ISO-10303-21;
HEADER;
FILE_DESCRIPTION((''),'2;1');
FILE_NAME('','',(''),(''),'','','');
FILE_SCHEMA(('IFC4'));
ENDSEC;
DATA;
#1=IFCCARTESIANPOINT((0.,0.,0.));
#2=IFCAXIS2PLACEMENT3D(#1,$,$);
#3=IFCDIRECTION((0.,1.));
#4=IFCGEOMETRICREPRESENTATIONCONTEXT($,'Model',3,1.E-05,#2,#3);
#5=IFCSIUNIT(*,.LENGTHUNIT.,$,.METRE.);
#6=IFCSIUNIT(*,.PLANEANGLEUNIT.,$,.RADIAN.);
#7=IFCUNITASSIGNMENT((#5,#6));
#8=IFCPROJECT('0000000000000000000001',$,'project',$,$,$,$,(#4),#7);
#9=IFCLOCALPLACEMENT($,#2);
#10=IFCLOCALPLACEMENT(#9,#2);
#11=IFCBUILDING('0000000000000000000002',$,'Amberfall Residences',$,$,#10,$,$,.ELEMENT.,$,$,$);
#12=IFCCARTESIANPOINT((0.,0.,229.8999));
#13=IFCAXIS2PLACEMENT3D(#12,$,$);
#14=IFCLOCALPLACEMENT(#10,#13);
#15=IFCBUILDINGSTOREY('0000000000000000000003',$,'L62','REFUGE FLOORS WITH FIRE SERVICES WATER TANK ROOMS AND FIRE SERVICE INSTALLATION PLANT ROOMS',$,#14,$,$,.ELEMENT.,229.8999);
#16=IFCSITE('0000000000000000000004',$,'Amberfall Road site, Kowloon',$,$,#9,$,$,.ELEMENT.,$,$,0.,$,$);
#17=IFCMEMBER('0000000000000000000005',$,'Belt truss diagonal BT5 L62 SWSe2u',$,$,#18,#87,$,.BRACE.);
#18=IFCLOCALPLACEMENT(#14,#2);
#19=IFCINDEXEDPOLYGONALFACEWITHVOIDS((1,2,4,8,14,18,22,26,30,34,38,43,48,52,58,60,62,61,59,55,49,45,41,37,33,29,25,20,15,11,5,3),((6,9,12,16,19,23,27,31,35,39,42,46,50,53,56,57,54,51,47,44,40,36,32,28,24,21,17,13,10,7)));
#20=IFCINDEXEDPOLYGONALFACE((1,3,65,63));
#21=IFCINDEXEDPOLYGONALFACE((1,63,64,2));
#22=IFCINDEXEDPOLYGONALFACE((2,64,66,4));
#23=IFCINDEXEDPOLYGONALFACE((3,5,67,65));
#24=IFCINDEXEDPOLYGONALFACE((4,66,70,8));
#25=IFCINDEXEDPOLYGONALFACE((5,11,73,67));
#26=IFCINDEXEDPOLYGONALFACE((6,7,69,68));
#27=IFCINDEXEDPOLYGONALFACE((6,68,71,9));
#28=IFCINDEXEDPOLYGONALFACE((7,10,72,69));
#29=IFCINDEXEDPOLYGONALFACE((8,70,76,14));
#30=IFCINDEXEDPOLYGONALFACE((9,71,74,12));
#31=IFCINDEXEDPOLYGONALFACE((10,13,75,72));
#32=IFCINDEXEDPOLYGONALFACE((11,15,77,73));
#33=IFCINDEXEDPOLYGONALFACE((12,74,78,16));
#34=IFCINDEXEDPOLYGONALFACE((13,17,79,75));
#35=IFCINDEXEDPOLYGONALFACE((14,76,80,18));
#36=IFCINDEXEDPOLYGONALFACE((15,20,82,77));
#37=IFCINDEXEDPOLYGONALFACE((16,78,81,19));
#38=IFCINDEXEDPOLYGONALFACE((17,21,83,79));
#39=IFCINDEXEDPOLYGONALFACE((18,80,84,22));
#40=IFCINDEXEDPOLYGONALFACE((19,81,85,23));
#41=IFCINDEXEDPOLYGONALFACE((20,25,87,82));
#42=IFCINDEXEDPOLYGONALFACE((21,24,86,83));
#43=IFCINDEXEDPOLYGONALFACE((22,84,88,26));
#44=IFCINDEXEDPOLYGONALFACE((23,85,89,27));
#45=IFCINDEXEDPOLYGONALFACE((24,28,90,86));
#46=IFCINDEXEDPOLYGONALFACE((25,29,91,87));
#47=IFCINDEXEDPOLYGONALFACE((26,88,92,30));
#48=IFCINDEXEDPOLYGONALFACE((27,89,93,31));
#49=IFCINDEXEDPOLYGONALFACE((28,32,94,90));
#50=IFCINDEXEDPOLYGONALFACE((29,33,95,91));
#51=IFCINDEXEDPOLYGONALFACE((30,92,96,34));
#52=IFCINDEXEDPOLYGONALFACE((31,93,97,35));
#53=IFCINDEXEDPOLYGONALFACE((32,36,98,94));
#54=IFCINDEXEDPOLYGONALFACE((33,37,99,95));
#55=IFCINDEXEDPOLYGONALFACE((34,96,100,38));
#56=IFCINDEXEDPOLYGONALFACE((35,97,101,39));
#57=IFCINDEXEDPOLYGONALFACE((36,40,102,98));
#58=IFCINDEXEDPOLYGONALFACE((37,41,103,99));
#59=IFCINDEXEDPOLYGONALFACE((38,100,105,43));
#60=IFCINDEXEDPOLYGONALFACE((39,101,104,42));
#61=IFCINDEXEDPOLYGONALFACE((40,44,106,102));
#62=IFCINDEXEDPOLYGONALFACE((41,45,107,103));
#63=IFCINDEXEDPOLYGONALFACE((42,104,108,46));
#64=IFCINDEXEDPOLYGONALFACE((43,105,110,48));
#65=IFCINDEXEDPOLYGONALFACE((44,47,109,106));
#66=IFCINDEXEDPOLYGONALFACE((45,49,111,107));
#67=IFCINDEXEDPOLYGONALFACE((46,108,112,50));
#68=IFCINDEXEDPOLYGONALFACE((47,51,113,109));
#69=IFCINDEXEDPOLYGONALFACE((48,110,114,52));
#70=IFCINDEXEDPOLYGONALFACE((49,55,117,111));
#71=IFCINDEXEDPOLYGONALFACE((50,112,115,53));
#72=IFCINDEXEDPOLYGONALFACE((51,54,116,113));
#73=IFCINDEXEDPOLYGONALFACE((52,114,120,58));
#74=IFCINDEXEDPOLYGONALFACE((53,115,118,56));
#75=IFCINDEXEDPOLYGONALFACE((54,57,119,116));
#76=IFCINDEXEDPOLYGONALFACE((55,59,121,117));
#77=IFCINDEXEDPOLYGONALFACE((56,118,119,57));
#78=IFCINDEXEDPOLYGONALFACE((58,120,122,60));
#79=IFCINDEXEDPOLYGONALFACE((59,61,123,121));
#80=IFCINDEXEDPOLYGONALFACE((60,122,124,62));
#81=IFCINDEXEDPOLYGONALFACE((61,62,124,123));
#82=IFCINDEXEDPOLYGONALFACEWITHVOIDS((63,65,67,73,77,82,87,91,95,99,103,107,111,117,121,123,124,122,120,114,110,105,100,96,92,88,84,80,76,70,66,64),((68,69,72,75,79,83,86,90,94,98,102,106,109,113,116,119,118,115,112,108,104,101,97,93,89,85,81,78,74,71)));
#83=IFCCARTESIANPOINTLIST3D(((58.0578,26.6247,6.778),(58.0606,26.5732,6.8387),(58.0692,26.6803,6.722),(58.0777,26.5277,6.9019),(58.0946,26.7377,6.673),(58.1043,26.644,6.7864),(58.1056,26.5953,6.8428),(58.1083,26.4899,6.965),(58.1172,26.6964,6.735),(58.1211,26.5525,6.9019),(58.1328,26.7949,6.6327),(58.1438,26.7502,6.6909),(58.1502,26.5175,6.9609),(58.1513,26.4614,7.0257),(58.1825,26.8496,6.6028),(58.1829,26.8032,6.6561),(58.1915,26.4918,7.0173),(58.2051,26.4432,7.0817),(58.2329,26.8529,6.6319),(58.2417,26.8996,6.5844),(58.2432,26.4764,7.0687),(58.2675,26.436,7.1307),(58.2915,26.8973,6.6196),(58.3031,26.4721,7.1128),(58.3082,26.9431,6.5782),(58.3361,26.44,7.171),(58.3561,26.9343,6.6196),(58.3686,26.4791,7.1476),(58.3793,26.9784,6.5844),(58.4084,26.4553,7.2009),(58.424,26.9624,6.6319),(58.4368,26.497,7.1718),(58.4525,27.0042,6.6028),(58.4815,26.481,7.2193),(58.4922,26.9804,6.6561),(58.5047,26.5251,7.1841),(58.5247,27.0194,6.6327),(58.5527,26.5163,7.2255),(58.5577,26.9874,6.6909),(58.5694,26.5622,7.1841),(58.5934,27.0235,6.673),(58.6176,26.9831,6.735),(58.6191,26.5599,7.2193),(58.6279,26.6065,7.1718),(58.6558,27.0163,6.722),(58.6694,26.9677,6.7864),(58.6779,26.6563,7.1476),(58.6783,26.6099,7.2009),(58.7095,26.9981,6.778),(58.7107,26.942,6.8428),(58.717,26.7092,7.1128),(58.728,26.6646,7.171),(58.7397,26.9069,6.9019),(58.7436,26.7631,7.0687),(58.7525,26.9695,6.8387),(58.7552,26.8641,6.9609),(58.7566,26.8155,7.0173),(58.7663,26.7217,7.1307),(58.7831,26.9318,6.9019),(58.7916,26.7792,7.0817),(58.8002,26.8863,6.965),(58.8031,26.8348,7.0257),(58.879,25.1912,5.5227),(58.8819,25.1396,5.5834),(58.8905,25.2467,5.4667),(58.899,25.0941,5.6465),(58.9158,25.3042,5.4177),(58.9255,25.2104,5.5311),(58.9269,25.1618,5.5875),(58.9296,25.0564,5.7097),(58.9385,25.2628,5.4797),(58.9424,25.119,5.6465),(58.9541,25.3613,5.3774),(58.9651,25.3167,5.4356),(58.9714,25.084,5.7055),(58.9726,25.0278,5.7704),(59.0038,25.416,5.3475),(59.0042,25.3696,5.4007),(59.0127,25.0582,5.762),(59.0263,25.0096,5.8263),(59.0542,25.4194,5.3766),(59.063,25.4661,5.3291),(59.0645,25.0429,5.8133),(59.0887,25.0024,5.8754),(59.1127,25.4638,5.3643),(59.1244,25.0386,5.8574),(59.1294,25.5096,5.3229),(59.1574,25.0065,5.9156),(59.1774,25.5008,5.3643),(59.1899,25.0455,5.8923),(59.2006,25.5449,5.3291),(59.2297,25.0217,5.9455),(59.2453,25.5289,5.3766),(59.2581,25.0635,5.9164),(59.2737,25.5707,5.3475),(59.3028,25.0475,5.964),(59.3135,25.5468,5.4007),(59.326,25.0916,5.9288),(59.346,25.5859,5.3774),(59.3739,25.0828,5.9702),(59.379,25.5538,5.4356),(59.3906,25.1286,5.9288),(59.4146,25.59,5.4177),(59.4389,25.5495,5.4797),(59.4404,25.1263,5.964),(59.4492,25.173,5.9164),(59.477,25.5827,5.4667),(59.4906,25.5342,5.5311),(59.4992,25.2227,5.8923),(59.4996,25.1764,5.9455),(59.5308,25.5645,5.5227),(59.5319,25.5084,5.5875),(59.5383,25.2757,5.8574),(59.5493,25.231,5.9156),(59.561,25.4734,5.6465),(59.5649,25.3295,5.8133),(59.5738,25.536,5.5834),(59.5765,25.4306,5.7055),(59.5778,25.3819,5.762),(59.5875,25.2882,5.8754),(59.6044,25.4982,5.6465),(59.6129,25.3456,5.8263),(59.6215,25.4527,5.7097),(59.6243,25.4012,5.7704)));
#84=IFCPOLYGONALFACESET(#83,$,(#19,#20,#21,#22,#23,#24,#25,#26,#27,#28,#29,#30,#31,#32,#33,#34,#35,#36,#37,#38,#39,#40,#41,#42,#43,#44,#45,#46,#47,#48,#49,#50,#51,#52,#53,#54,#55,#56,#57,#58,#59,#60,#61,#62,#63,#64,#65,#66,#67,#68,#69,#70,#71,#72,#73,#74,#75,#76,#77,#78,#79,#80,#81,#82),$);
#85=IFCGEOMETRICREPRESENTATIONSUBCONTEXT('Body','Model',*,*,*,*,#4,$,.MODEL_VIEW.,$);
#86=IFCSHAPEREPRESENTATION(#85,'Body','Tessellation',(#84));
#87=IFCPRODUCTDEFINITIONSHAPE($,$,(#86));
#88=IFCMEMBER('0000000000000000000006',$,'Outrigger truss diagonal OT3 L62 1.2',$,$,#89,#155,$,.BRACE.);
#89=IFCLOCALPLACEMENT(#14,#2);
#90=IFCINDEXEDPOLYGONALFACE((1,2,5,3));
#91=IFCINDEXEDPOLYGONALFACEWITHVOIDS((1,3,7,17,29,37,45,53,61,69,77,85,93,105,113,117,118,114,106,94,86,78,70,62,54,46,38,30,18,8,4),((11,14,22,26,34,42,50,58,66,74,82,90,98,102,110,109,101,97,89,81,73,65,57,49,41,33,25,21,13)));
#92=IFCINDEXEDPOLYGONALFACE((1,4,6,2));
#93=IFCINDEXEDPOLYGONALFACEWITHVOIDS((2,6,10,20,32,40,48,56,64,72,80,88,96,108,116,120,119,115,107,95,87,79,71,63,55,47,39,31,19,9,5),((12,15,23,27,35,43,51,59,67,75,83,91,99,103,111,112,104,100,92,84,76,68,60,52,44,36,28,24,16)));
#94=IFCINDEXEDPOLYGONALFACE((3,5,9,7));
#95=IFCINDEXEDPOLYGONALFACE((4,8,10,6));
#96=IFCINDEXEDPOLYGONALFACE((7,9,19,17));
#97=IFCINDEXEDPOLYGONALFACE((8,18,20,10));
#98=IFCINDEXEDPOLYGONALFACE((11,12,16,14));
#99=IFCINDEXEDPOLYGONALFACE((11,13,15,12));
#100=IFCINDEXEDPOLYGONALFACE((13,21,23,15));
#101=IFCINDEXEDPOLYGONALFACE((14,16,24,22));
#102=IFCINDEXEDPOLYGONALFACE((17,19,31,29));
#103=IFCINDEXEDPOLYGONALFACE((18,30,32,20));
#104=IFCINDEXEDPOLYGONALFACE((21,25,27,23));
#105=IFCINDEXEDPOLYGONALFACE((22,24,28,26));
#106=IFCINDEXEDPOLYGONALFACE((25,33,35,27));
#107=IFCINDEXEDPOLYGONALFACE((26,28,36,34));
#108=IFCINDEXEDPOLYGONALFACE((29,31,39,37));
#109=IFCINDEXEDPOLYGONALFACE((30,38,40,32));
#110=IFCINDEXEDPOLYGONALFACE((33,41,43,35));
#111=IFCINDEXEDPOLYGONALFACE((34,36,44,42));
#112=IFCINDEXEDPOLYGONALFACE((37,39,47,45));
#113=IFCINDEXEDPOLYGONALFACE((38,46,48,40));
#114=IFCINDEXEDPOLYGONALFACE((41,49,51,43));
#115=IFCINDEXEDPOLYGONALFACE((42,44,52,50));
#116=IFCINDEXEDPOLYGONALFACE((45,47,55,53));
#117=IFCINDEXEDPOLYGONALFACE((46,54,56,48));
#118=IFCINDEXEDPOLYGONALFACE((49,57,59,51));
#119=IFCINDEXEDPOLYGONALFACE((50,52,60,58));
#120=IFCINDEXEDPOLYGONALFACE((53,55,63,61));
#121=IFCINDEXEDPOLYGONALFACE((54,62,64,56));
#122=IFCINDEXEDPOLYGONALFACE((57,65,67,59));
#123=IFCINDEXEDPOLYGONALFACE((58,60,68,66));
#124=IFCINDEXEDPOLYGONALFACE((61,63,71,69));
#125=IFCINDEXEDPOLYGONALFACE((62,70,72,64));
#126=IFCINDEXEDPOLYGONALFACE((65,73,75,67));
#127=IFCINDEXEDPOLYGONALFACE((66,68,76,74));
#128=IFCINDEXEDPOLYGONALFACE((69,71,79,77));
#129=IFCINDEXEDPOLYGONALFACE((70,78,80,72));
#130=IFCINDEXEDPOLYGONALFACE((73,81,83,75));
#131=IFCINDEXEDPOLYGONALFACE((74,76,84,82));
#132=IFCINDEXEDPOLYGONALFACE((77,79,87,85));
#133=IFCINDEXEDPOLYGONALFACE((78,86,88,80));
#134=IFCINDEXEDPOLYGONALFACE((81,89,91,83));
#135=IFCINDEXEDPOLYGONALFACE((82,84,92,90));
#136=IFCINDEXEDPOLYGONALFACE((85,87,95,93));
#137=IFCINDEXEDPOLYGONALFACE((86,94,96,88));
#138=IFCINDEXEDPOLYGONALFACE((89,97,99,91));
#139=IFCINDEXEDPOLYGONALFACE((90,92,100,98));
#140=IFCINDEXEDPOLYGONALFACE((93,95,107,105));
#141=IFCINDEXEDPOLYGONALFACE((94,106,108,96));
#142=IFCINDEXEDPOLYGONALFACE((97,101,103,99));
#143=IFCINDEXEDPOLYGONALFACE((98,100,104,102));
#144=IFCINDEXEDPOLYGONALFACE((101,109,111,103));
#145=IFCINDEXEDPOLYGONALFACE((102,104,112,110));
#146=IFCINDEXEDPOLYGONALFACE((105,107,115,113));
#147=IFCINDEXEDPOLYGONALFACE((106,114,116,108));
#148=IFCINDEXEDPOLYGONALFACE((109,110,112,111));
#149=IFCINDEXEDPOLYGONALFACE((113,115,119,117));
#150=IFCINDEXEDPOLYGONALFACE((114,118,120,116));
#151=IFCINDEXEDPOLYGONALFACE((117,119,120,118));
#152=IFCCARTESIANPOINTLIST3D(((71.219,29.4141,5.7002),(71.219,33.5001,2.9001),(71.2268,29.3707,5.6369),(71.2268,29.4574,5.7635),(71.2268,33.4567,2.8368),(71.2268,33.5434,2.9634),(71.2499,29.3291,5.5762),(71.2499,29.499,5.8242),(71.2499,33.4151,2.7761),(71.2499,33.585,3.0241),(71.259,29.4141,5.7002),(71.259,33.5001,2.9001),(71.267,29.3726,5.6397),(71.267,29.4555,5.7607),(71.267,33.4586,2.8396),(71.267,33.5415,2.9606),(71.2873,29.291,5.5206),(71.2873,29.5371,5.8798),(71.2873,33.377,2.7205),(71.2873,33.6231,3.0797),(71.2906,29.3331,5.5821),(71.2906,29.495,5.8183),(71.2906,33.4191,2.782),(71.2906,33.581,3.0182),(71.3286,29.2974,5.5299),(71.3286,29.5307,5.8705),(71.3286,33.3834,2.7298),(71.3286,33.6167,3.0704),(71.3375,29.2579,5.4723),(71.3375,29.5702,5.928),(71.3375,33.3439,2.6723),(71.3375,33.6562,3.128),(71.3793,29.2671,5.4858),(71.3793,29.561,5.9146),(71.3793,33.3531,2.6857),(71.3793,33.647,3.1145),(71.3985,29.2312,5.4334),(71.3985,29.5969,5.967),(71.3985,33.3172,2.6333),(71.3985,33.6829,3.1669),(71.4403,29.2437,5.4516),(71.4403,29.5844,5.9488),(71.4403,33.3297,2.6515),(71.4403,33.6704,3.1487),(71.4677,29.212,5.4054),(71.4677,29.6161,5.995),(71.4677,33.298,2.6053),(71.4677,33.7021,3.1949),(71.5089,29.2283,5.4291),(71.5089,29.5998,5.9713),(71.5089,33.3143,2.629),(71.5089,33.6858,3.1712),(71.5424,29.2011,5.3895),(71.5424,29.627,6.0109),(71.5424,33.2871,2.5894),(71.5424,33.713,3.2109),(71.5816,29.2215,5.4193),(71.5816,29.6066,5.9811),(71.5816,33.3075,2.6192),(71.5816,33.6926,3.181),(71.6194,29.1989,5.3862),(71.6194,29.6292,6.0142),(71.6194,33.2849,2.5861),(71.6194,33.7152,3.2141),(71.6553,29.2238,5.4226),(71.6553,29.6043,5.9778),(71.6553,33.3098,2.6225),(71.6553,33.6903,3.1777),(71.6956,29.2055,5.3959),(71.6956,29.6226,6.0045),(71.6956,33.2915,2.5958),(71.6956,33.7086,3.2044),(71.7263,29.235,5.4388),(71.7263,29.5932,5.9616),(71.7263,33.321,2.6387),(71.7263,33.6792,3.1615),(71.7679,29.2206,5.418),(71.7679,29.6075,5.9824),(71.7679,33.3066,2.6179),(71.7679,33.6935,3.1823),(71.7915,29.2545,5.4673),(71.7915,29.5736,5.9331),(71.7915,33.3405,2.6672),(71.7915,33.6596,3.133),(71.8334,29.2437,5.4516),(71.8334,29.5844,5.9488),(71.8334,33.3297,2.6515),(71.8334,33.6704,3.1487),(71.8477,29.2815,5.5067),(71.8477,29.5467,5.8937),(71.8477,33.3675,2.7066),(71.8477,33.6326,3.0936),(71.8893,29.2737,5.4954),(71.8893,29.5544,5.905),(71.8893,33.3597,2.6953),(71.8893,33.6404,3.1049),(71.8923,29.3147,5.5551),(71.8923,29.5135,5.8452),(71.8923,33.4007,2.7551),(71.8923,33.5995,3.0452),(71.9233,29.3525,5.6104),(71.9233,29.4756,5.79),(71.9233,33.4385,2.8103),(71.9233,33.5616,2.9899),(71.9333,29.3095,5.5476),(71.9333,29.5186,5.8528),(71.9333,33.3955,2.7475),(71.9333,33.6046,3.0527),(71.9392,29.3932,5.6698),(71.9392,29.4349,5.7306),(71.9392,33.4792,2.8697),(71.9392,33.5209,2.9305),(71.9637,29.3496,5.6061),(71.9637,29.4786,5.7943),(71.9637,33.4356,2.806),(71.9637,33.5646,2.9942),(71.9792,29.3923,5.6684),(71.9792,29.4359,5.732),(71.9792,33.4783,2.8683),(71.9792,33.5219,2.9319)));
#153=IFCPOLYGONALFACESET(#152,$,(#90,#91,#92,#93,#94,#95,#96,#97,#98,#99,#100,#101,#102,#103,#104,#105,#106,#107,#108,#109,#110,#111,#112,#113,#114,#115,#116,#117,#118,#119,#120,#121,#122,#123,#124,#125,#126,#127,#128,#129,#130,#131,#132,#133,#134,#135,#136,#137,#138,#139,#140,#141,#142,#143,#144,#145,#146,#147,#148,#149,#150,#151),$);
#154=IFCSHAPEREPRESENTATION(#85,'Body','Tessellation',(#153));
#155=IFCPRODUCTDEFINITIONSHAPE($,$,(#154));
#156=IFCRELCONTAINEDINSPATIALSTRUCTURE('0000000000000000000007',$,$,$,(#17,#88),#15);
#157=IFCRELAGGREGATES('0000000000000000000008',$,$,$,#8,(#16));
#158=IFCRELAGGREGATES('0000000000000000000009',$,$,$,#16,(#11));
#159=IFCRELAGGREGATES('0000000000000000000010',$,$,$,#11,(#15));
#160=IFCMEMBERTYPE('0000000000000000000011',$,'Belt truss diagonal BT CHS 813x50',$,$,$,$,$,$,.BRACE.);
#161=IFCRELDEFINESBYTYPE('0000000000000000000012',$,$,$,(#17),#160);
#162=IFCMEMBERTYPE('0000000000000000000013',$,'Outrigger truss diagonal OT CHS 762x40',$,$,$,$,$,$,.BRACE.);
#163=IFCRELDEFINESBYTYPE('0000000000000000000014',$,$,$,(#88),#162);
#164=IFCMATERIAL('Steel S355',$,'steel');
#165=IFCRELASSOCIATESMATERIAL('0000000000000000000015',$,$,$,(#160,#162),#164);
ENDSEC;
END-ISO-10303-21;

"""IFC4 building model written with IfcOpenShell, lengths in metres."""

from ifc_helpers import new_model, si_unit, direction, frame, origin, origin_2d, place, context, subcontext, project, spatial, hollow_circle, extrude, material, material_profile, profile_set, type_object, element, save


model = new_model("IFC4")

# Units and contexts
model_context = context("Model", 3, precision=1e-05, world=origin(), true_north=direction((0.0, 1.0)))
body_context = subcontext(model_context, "Body", "Model", "MODEL_VIEW")
ifc_project = project(units=[si_unit("LENGTHUNIT", "METRE"), si_unit("PLANEANGLEUNIT", "RADIAN")], contexts=[model_context])

# Site, building, storey
site_placement = place(None, origin())
site = spatial("IfcSite", under=ifc_project, at=site_placement, Name="Amberfall Road site, Kowloon", CompositionType="ELEMENT", RefElevation=0.0)
building_placement = place(site_placement, origin())
building = spatial("IfcBuilding", under=site, at=building_placement, Name="Amberfall Residences", CompositionType="ELEMENT")
storey_placement = place(building_placement, frame((0.0, 0.0, 229.8999)))
storey = spatial("IfcBuildingStorey", under=building, at=storey_placement, Name="L62", Description="REFUGE FLOORS WITH FIRE SERVICES WATER TANK ROOMS AND FIRE SERVICE INSTALLATION PLANT ROOMS", CompositionType="ELEMENT", Elevation=229.8999)

# Members
ifc_material_1 = material(Name="Steel S355", Category="steel")
ifc_material_profile_1 = material_profile(ifc_material_1, hollow_circle(Radius=0.4065, WallThickness=0.05, at=origin_2d()), Name="CHS 813x50")
ifc_profile_set_1 = profile_set([ifc_material_profile_1], Name="Steel S355")
member_type_1 = type_object("IfcMemberType", Name="Belt truss diagonal BT CHS 813x50", PredefinedType="BRACE", material=ifc_profile_set_1)
member_1_placement = place(storey_placement, frame((58.4304, 26.7297, 6.9019), z_axis=(0.3958, -0.690885, -0.604995), x_axis=(0.867697, 0.497093, 0.0)))
element("IfcMember", 1, at=member_1_placement, inside=storey, type_object=member_type_1, Name="Belt truss diagonal BT5 L62 SWSe2u", PredefinedType="BRACE", context=body_context, shape_type="SweptSolid", body=[
    extrude(hollow_circle(Radius=0.4065, WallThickness=0.05, at=origin_2d()), origin(), (0.0, 0.0, 1.0), 2.075),
])
ifc_material_profile_2 = material_profile(ifc_material_1, hollow_circle(Radius=0.3811, WallThickness=0.04, at=origin_2d()), Name="CHS 762x40")
ifc_profile_set_2 = profile_set([ifc_material_profile_2], Name="Steel S355")
member_type_2 = type_object("IfcMemberType", Name="Outrigger truss diagonal OT CHS 762x40", PredefinedType="BRACE", material=ifc_profile_set_2)
member_2_placement = place(storey_placement, frame((71.6001, 29.4141, 5.7002), z_axis=(0.0, 0.824892, -0.56529), x_axis=(-1.0, 0.0, 0.0)))
element("IfcMember", 2, at=member_2_placement, inside=storey, type_object=member_type_2, Name="Outrigger truss diagonal OT3 L62 1.2", PredefinedType="BRACE", context=body_context, shape_type="SweptSolid", body=[
    extrude(hollow_circle(Radius=0.3811, WallThickness=0.04, at=origin_2d()), origin(), (0.0, 0.0, 1.0), 4.9534),
])

save(model, "model.ifc")
